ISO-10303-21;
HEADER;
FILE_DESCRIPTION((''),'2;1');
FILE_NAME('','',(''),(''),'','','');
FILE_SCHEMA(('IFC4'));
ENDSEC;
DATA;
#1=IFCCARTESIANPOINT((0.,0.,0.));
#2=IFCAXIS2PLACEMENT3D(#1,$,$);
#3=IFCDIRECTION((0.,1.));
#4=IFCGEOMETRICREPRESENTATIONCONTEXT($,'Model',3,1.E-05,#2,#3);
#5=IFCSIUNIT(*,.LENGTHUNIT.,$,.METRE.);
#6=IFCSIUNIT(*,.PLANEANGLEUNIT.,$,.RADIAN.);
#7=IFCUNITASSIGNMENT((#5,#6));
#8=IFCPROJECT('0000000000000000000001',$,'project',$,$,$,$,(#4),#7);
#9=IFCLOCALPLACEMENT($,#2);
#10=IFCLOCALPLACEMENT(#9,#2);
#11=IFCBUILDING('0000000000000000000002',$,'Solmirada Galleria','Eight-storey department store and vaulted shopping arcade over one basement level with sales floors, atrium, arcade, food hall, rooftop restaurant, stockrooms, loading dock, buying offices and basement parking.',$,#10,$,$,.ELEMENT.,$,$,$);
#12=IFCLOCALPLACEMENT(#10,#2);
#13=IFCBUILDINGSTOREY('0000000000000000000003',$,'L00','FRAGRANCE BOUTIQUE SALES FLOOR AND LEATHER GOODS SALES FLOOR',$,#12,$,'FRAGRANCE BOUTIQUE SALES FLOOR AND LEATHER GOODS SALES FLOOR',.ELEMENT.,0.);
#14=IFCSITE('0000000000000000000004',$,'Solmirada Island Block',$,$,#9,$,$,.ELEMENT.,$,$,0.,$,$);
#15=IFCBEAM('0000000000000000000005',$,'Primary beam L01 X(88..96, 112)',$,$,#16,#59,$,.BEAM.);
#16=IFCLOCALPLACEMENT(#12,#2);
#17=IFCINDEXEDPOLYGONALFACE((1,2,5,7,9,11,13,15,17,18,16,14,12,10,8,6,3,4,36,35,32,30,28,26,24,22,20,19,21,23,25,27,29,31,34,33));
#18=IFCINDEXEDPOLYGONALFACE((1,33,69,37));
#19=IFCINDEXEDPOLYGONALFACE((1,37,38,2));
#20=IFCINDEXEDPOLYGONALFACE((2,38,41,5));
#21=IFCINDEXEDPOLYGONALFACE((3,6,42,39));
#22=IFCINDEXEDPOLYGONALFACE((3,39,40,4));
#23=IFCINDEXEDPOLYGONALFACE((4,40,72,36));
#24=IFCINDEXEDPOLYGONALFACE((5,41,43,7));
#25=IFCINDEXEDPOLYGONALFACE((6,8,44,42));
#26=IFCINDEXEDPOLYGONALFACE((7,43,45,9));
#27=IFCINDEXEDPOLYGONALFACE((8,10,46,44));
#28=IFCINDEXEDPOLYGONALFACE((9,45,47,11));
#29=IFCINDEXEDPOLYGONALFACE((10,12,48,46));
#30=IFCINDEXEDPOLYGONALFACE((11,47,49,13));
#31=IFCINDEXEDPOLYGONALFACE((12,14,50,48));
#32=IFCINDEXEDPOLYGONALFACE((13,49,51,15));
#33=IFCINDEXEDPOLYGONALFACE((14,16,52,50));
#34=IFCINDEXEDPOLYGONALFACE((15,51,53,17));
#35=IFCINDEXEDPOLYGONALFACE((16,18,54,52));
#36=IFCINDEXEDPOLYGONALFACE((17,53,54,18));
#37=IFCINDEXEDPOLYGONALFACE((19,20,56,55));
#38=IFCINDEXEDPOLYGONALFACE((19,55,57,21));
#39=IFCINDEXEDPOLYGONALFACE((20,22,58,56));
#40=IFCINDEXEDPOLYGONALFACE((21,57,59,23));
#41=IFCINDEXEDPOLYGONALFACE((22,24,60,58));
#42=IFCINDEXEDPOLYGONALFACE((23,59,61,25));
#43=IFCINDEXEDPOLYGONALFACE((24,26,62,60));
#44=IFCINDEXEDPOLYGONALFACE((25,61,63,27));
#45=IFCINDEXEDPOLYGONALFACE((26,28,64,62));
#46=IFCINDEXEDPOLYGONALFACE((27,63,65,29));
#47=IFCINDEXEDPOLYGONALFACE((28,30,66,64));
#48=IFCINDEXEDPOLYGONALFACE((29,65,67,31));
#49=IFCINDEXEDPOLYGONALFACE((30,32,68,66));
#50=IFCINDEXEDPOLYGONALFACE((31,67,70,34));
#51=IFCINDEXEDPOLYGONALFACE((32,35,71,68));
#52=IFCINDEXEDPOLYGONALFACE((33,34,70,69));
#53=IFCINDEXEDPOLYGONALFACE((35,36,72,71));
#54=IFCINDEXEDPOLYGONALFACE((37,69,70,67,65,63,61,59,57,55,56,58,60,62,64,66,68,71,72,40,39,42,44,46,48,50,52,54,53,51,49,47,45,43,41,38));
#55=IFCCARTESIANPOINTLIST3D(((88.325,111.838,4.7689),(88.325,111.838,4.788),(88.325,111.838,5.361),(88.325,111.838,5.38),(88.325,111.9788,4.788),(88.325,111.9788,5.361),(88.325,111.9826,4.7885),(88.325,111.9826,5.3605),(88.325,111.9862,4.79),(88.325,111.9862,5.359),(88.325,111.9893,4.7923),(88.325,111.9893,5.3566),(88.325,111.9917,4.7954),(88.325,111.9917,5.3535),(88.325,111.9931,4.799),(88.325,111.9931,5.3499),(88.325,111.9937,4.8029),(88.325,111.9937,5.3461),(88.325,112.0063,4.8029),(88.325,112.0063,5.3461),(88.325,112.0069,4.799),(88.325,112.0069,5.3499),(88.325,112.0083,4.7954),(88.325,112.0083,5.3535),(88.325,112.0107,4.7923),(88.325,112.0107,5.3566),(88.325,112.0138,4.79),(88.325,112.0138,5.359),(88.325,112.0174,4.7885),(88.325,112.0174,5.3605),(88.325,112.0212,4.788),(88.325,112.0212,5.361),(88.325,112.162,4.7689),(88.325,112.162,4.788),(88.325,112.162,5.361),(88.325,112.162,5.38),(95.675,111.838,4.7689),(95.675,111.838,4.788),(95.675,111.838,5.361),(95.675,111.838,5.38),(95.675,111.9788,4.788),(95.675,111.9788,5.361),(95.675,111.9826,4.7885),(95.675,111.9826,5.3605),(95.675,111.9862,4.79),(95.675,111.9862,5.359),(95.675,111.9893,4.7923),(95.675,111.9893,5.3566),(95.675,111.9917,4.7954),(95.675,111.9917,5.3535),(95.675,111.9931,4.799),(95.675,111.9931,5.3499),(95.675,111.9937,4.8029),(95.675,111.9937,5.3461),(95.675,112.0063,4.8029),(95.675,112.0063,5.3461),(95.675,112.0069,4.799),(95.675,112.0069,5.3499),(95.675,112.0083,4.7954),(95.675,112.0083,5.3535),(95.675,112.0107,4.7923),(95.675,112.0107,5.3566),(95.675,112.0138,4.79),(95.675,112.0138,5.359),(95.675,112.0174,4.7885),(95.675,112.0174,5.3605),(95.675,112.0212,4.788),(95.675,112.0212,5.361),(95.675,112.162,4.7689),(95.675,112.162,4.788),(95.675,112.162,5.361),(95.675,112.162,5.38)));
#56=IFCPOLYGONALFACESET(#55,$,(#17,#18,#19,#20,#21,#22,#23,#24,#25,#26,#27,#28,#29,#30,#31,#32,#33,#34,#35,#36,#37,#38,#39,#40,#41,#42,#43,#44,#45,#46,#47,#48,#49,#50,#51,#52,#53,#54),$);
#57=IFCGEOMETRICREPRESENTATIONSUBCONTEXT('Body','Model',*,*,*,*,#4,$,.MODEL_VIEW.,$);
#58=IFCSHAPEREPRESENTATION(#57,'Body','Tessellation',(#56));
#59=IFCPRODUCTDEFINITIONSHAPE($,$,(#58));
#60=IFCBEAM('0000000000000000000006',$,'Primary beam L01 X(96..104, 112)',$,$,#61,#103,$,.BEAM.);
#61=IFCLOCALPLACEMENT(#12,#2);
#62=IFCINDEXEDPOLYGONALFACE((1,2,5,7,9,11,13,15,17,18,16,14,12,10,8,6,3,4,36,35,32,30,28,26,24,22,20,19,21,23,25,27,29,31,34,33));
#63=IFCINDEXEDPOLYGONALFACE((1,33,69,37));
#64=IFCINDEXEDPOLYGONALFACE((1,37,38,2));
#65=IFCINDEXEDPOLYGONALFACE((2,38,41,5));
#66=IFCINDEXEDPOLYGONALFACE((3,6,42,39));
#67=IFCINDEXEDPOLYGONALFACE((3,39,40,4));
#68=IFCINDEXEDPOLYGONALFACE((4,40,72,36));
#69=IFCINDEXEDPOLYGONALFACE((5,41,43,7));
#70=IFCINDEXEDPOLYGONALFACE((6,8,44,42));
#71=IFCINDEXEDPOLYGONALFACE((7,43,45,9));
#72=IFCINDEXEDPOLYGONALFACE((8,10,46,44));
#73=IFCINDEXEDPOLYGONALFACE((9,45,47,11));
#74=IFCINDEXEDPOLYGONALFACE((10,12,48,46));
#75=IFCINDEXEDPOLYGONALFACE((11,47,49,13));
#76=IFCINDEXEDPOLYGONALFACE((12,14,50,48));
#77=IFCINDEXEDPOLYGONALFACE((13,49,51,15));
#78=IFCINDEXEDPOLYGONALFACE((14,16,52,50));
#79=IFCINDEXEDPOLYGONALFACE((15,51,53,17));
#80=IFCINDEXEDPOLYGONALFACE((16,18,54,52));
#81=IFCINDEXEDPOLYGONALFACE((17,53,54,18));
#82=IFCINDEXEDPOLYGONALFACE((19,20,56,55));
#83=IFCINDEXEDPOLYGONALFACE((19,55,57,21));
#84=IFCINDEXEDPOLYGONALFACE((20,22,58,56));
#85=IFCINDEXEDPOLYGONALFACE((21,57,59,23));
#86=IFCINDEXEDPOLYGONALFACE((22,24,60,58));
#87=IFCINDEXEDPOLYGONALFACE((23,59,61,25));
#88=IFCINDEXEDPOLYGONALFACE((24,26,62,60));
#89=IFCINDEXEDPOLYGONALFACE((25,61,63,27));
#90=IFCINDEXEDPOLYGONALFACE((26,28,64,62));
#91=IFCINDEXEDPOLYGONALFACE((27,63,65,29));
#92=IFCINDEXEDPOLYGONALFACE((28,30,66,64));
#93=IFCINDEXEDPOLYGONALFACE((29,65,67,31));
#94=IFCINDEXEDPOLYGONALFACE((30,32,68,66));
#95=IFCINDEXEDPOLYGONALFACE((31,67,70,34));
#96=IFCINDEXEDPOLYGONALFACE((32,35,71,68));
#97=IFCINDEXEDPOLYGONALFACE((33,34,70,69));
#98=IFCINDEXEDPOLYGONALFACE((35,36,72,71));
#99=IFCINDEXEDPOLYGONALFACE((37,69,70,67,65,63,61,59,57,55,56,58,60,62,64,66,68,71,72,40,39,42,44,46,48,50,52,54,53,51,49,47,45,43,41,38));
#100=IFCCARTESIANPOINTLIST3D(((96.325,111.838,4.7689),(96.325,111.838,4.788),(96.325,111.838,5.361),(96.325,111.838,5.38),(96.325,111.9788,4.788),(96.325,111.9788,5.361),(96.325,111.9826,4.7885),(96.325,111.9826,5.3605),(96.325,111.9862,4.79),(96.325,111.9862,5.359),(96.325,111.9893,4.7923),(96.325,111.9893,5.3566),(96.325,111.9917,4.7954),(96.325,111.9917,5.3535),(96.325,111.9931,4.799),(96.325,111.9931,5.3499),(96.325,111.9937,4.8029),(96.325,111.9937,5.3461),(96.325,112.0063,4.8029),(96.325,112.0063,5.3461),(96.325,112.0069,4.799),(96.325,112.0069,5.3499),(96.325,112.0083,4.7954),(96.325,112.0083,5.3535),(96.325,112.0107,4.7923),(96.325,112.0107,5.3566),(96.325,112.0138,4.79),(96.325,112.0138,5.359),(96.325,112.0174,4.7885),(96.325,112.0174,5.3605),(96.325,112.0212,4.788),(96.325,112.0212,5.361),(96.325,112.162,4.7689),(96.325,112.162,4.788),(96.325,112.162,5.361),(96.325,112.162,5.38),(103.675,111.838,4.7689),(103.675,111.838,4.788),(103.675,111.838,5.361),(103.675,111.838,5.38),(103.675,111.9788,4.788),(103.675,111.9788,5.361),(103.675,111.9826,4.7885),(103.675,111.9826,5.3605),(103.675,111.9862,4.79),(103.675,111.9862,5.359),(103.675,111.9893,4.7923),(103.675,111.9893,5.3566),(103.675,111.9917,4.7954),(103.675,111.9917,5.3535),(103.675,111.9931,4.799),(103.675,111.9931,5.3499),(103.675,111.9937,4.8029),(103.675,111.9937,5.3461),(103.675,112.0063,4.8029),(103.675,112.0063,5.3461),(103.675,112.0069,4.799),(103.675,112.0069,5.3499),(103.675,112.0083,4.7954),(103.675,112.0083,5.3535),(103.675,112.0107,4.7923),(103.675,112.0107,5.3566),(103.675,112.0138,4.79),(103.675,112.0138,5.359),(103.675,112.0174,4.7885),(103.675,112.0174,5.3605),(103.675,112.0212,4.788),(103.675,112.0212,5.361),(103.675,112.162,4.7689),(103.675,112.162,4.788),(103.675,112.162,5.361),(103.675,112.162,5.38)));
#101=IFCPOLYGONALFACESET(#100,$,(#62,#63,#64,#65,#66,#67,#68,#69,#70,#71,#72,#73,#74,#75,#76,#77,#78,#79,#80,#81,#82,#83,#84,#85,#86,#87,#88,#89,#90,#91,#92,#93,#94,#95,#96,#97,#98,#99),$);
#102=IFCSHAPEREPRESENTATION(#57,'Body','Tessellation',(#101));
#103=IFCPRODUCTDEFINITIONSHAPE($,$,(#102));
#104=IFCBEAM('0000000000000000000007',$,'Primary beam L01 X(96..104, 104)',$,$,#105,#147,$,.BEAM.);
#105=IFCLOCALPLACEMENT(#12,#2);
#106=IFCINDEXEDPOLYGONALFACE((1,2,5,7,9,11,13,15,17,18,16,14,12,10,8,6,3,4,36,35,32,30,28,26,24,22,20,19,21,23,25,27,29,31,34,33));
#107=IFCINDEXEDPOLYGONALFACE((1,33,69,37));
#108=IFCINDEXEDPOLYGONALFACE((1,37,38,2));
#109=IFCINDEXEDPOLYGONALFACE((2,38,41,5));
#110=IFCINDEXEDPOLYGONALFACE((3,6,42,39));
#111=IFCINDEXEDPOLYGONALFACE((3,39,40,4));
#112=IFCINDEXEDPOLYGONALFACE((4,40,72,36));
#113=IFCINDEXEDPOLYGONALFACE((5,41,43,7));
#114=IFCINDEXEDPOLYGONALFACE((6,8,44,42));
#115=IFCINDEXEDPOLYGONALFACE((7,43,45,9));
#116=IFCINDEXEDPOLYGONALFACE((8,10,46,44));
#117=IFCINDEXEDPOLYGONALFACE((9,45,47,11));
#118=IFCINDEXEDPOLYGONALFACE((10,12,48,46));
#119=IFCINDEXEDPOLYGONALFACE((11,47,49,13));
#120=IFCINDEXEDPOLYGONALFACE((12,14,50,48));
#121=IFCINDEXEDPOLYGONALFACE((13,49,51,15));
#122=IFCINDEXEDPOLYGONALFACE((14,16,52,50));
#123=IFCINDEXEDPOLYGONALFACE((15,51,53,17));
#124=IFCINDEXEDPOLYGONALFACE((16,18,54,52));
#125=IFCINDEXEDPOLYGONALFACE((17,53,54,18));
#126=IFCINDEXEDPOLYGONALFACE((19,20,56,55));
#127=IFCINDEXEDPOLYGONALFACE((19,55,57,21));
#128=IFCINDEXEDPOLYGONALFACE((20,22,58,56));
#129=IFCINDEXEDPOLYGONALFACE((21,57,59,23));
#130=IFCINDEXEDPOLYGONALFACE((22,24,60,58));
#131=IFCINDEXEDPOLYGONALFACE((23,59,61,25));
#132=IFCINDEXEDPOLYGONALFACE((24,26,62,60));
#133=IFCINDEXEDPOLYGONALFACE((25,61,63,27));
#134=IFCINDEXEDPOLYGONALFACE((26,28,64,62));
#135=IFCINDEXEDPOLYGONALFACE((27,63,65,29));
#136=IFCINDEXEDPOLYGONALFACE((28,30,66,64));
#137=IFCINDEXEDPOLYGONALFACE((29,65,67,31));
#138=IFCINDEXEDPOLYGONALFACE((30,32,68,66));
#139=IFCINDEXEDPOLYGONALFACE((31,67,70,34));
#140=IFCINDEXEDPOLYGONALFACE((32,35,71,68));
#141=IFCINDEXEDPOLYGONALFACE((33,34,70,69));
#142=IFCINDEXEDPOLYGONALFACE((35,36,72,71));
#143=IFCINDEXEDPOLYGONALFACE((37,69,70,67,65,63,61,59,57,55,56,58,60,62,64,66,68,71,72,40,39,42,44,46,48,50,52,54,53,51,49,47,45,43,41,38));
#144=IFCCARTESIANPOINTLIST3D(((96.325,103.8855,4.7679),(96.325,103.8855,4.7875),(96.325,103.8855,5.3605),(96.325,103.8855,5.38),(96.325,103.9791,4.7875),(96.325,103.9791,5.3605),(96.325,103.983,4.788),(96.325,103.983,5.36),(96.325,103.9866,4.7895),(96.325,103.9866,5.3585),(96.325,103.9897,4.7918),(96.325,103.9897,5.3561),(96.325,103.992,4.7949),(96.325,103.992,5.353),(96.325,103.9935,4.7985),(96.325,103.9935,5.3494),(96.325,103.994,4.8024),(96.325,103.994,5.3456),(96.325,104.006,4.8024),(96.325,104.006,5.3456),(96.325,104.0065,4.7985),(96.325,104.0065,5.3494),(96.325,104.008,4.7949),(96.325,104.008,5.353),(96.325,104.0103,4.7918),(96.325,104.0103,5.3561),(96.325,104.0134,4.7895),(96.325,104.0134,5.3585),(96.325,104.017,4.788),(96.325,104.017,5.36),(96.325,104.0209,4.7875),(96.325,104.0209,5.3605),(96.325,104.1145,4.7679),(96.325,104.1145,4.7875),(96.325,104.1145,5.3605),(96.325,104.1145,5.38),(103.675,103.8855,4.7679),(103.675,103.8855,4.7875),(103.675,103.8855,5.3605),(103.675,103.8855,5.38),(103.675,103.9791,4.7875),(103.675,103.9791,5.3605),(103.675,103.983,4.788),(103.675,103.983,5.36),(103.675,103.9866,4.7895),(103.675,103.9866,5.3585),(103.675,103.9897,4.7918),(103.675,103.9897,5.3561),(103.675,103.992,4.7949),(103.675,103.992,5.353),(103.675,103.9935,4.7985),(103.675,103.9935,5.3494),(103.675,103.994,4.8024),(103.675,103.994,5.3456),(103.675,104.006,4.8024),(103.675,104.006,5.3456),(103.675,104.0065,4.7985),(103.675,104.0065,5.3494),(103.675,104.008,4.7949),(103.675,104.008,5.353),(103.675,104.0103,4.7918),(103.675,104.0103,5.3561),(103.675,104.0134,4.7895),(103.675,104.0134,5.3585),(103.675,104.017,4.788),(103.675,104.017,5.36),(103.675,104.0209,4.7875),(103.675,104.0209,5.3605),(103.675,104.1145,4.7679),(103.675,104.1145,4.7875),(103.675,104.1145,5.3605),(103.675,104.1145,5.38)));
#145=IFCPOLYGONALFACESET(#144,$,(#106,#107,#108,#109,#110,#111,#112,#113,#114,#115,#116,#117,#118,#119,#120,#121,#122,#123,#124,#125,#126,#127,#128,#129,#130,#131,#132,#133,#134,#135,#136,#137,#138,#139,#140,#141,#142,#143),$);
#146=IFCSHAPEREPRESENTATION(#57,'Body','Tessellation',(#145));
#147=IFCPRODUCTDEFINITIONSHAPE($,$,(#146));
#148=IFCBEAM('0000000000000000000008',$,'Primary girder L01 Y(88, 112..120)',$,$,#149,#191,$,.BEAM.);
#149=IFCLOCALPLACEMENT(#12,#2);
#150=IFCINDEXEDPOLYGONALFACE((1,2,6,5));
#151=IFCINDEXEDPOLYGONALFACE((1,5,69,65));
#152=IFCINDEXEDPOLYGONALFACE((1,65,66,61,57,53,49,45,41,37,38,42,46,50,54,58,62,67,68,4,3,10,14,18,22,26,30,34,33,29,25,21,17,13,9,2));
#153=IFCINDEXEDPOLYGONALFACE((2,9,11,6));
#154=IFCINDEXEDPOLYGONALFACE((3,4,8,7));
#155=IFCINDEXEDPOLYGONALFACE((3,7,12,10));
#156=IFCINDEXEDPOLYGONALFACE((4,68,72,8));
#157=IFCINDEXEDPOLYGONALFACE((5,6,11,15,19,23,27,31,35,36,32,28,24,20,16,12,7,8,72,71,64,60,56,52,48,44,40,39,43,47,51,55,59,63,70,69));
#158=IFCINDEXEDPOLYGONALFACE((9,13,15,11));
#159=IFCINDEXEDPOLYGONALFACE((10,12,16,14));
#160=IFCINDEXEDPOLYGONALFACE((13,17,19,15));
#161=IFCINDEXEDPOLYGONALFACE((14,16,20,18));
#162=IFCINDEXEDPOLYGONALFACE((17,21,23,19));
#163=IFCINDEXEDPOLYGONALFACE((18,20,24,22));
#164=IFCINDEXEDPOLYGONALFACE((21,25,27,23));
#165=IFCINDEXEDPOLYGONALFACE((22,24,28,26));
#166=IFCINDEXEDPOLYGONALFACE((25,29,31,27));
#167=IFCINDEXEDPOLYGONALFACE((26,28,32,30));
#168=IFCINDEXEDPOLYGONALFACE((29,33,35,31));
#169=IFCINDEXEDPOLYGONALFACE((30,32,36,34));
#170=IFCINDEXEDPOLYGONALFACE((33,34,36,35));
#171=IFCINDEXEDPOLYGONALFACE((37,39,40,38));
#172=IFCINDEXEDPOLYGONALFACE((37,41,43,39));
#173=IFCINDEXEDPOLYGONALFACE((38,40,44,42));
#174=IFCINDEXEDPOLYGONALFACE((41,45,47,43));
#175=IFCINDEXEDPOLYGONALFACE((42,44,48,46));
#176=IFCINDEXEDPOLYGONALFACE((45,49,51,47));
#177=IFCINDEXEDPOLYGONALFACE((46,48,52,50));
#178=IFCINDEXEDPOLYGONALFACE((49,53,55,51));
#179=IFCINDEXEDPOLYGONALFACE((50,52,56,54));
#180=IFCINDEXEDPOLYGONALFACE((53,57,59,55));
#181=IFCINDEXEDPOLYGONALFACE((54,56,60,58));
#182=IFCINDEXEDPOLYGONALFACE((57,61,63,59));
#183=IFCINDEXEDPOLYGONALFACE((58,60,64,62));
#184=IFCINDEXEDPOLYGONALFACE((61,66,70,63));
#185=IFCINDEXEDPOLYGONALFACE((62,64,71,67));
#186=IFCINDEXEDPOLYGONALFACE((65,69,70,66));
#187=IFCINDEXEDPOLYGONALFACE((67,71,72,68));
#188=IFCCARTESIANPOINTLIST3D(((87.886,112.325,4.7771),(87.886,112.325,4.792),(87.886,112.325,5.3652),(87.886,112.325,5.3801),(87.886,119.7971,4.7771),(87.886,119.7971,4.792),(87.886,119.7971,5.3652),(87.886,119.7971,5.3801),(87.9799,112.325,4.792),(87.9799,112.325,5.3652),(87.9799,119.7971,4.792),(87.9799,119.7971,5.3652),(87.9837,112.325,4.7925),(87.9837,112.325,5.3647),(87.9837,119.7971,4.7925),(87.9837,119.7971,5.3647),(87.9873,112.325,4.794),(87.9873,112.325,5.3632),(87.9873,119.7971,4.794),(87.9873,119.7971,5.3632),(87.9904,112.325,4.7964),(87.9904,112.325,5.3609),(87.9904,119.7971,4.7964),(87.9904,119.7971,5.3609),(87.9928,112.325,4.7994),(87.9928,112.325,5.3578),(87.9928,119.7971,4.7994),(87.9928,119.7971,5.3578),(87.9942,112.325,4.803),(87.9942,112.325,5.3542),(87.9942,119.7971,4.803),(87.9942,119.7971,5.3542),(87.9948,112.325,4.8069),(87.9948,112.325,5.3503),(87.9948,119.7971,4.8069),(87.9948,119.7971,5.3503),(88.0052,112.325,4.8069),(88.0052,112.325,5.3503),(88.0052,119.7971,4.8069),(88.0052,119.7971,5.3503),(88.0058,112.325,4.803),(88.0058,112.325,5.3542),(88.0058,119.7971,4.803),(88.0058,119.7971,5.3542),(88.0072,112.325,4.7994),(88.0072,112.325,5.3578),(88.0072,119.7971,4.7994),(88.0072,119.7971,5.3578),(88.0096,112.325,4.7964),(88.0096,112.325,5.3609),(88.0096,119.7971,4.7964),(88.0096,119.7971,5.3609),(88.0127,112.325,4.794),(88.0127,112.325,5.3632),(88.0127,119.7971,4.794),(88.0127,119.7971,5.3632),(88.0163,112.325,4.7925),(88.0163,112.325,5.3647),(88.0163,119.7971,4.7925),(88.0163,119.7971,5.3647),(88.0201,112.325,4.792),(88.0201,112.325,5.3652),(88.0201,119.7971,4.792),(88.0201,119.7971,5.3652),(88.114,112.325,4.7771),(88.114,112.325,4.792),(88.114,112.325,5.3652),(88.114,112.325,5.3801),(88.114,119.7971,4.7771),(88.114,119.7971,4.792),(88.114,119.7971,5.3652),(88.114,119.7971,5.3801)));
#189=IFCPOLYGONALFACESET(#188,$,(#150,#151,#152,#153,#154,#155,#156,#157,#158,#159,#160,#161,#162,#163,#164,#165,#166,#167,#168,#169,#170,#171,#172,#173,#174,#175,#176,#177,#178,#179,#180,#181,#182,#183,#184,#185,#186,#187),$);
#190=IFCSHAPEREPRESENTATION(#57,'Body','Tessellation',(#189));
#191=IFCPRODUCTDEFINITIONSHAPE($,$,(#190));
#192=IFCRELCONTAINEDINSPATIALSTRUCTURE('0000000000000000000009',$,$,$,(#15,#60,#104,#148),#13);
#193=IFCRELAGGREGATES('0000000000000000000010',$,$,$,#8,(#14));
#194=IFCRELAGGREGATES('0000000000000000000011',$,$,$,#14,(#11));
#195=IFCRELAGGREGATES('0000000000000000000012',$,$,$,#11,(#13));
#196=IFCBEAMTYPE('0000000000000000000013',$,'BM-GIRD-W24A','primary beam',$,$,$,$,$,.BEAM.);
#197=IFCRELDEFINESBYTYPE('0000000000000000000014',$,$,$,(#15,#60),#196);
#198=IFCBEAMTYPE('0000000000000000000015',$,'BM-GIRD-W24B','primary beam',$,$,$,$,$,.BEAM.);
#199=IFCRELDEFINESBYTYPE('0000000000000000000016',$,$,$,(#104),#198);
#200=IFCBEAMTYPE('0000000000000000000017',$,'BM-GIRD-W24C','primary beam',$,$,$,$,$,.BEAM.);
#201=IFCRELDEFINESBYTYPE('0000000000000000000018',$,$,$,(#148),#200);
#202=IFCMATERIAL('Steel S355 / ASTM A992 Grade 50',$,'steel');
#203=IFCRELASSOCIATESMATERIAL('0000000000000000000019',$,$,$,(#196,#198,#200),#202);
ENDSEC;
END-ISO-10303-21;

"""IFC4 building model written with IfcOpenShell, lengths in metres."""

from ifc_helpers import new_model, si_unit, direction, frame, origin, origin_2d, place, context, subcontext, project, spatial, i_section, extrude, material, material_profile, profile_set, type_object, element, save


model = new_model("IFC4")

# Units and contexts
model_context = context("Model", 3, precision=1e-05, world=origin(), true_north=direction((0.0, 1.0)))
body_context = subcontext(model_context, "Body", "Model", "MODEL_VIEW")
ifc_project = project(units=[si_unit("LENGTHUNIT", "METRE"), si_unit("PLANEANGLEUNIT", "RADIAN")], contexts=[model_context])

# Site, building, storey
site_placement = place(None, origin())
site = spatial("IfcSite", under=ifc_project, at=site_placement, Name="Solmirada Island Block", CompositionType="ELEMENT", RefElevation=0.0)
building_placement = place(site_placement, origin())
building = spatial("IfcBuilding", under=site, at=building_placement, Name="Solmirada Galleria", Description="Eight-storey department store and vaulted shopping arcade over one basement level with sales floors, atrium, arcade, food hall, rooftop restaurant, stockrooms, loading dock, buying offices and basement parking.", CompositionType="ELEMENT")
storey_placement = place(building_placement, origin())
storey = spatial("IfcBuildingStorey", under=building, at=storey_placement, Name="L00", Description="FRAGRANCE BOUTIQUE SALES FLOOR AND LEATHER GOODS SALES FLOOR", LongName="FRAGRANCE BOUTIQUE SALES FLOOR AND LEATHER GOODS SALES FLOOR", CompositionType="ELEMENT", Elevation=0.0)

# Beams
ifc_material_1 = material(Name="Steel S355 / ASTM A992 Grade 50", Category="steel")
ifc_material_profile_1 = material_profile(ifc_material_1, i_section(OverallWidth=0.324, OverallDepth=0.6111, WebThickness=0.0127, FlangeThickness=0.019, FilletRadius=0.0149, at=origin_2d()), Name="W24X104")
ifc_profile_set_1 = profile_set([ifc_material_profile_1], Name="Steel S355 / ASTM A992 Grade 50")
beam_type_1 = type_object("IfcBeamType", Name="BM-GIRD-W24A", Description="primary beam", PredefinedType="BEAM", material=ifc_profile_set_1)
for number, where, z_axis, x_axis, name in (
    (1, (88.325, 112.0, 5.0745), (1.0, 0.0, 0.0), (0.0, 1.0, 0.0), "Primary beam L01 X(88..96, 112)"),
    (2, (96.325, 112.0, 5.0745), (1.0, 0.0, 0.0), (0.0, 1.0, 0.0), "Primary beam L01 X(96..104, 112)"),
):
    element("IfcBeam", number, at=place(storey_placement, frame(where, z_axis=z_axis, x_axis=x_axis)), inside=storey, type_object=beam_type_1, Name=name, PredefinedType="BEAM", context=body_context, shape_type="SweptSolid", body=[
        extrude(i_section(OverallWidth=0.324, OverallDepth=0.6111, WebThickness=0.0127, FlangeThickness=0.019, FilletRadius=0.0149, at=origin_2d()), origin(), (0.0, 0.0, 1.0), 7.3501),
    ])
ifc_material_profile_2 = material_profile(ifc_material_1, i_section(OverallWidth=0.229, OverallDepth=0.6121, WebThickness=0.012, FlangeThickness=0.0195, FilletRadius=0.0149, at=origin_2d()), Name="W24X84")
ifc_profile_set_2 = profile_set([ifc_material_profile_2], Name="Steel S355 / ASTM A992 Grade 50")
beam_type_2 = type_object("IfcBeamType", Name="BM-GIRD-W24B", Description="primary beam", PredefinedType="BEAM", material=ifc_profile_set_2)
beam_1_placement = place(storey_placement, frame((96.325, 104.0, 5.074), z_axis=(1.0, 0.0, 0.0), x_axis=(0.0, 1.0, 0.0)))
element("IfcBeam", 3, at=beam_1_placement, inside=storey, type_object=beam_type_2, Name="Primary beam L01 X(96..104, 104)", PredefinedType="BEAM", context=body_context, shape_type="SweptSolid", body=[
    extrude(i_section(OverallWidth=0.229, OverallDepth=0.6121, WebThickness=0.012, FlangeThickness=0.0195, FilletRadius=0.0149, at=origin_2d()), origin(), (0.0, 0.0, 1.0), 7.3501),
])
ifc_material_profile_3 = material_profile(ifc_material_1, i_section(OverallWidth=0.228, OverallDepth=0.603, WebThickness=0.0105, FlangeThickness=0.0149, FilletRadius=0.0149, at=origin_2d()), Name="W24X68")
ifc_profile_set_3 = profile_set([ifc_material_profile_3], Name="Steel S355 / ASTM A992 Grade 50")
beam_type_3 = type_object("IfcBeamType", Name="BM-GIRD-W24C", Description="primary beam", PredefinedType="BEAM", material=ifc_profile_set_3)
beam_2_placement = place(storey_placement, frame((88.0, 112.325, 5.0786), z_axis=(0.0, 1.0, 0.0), x_axis=(-1.0, 0.0, 0.0)))
element("IfcBeam", 4, at=beam_2_placement, inside=storey, type_object=beam_type_3, Name="Primary girder L01 Y(88, 112..120)", PredefinedType="BEAM", context=body_context, shape_type="SweptSolid", body=[
    extrude(i_section(OverallWidth=0.228, OverallDepth=0.603, WebThickness=0.0105, FlangeThickness=0.0149, FilletRadius=0.0149, at=origin_2d()), origin(), (0.0, 0.0, 1.0), 7.4722),
])

save(model, "model.ifc")
